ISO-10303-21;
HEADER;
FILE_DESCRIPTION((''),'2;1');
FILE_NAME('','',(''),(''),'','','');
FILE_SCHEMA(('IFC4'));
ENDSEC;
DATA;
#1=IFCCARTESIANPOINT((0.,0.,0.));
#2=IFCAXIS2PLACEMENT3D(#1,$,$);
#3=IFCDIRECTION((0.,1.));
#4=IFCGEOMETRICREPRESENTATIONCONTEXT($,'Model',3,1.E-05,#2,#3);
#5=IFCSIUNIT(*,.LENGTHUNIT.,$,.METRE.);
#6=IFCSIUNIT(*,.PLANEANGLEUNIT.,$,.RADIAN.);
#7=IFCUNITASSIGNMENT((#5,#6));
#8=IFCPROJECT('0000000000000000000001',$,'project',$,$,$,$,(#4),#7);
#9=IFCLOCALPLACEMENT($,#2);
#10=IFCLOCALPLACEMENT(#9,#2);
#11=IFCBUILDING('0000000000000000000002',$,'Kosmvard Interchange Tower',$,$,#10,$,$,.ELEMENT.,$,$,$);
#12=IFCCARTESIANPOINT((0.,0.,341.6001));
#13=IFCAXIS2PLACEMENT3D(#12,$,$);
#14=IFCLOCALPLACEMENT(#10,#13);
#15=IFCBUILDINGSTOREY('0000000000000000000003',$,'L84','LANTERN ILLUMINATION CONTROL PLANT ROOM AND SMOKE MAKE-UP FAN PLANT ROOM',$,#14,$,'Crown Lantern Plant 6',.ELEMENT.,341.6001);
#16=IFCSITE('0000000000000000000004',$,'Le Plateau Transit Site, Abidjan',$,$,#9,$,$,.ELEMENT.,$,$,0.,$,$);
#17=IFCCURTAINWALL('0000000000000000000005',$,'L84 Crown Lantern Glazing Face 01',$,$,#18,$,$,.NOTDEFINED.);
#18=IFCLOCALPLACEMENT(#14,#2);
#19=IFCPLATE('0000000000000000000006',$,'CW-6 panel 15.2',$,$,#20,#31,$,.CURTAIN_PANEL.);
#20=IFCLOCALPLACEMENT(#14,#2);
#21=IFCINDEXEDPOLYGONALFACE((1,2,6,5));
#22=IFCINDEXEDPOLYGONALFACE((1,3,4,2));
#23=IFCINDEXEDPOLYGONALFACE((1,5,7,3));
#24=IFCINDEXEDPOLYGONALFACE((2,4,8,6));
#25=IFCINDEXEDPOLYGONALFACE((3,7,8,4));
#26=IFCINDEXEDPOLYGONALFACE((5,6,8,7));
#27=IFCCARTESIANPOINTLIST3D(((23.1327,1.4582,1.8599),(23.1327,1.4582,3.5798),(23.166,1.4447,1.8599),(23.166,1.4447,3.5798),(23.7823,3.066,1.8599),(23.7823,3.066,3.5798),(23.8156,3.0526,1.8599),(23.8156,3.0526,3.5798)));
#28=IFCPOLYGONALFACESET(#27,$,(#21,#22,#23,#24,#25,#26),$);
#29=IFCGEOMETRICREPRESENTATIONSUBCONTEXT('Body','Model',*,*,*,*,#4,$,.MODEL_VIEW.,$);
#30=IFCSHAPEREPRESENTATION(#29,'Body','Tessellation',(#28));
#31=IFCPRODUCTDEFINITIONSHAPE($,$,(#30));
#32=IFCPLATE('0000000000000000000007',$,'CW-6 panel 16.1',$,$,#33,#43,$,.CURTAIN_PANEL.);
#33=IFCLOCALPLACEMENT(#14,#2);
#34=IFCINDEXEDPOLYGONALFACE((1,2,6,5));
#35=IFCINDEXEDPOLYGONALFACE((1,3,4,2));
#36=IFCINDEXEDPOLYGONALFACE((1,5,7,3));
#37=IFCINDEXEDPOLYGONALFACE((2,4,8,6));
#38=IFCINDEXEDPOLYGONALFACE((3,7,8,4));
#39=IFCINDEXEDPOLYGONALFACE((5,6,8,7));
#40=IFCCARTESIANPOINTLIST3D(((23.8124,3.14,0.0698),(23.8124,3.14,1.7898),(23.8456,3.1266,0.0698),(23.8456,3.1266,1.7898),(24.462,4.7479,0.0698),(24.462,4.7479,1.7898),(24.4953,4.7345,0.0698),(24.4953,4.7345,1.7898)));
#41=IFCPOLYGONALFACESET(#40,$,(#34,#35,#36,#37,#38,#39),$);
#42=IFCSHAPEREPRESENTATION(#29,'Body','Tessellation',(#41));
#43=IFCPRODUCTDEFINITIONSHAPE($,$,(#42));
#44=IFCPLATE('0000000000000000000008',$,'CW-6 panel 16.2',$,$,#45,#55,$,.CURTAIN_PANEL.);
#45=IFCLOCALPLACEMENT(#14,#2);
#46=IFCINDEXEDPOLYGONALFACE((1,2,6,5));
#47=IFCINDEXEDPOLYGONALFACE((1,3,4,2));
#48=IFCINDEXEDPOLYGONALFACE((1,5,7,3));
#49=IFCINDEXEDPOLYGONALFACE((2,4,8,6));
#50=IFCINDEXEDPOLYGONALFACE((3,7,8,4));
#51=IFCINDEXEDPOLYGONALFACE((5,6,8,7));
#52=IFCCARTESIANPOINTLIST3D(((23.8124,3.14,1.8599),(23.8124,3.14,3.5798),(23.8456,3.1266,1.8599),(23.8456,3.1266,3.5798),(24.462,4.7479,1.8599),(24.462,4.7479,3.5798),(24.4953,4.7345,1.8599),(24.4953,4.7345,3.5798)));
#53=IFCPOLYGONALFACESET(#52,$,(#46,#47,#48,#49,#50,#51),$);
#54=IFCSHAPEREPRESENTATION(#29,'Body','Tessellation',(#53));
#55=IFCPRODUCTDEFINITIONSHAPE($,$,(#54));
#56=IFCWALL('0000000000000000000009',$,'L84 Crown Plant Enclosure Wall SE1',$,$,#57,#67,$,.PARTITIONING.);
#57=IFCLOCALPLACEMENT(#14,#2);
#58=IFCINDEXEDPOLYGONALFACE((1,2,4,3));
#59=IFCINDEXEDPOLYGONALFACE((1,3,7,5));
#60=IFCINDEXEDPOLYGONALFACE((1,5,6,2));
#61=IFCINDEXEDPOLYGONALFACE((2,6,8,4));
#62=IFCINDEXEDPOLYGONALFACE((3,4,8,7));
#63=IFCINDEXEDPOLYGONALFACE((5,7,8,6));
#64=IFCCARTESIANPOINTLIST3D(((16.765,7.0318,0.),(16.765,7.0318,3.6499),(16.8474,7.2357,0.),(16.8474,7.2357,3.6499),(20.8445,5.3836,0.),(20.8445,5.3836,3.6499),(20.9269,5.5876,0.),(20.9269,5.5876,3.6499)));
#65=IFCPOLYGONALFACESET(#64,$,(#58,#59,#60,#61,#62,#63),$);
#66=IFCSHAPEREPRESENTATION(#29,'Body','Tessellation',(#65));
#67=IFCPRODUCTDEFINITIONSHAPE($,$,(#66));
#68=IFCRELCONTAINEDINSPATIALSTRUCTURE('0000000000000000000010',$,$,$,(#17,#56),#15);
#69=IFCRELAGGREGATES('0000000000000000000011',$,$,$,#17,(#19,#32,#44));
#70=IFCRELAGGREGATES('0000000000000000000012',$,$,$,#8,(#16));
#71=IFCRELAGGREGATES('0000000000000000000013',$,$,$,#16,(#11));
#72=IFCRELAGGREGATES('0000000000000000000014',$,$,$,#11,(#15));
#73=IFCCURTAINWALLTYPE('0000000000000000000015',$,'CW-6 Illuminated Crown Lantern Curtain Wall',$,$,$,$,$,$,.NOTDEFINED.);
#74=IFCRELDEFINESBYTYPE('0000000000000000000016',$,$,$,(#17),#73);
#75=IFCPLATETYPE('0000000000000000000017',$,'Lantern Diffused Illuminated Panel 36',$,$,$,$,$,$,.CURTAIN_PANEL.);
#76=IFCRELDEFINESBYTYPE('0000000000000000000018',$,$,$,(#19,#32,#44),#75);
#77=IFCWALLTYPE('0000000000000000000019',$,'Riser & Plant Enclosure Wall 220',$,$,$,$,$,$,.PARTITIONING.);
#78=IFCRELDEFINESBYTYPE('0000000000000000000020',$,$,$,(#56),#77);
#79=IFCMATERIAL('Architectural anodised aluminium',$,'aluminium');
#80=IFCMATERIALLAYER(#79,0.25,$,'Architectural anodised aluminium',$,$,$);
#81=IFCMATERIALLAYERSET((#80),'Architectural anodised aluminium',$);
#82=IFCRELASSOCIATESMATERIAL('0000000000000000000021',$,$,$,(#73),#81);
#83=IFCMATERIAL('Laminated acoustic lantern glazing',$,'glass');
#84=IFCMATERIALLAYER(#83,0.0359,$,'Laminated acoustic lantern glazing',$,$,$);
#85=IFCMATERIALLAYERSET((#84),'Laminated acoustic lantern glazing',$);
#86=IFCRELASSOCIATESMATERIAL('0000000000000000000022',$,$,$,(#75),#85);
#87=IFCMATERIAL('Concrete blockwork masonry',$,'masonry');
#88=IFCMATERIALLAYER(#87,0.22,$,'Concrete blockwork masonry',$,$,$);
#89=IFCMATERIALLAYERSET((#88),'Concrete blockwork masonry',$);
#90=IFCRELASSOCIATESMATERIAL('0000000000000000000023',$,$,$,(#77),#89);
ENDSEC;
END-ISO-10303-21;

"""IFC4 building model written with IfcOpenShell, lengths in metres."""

from ifc_helpers import new_model, si_unit, direction, frame, frame_2d, origin, origin_2d, place, context, subcontext, project, spatial, rectangle, extrude, source, transform, mapped, material, layer, layer_set, type_object, element, aggregate, save


model = new_model("IFC4")

# Units and contexts
model_context = context("Model", 3, precision=1e-05, world=origin(), true_north=direction((0.0, 1.0)))
body_context = subcontext(model_context, "Body", "Model", "MODEL_VIEW")
ifc_project = project(units=[si_unit("LENGTHUNIT", "METRE"), si_unit("PLANEANGLEUNIT", "RADIAN")], contexts=[model_context])

# Site, building, storey
site_placement = place(None, origin())
site = spatial("IfcSite", under=ifc_project, at=site_placement, Name="Le Plateau Transit Site, Abidjan", CompositionType="ELEMENT", RefElevation=0.0)
building_placement = place(site_placement, origin())
building = spatial("IfcBuilding", under=site, at=building_placement, Name="Kosmvard Interchange Tower", CompositionType="ELEMENT")
storey_placement = place(building_placement, frame((0.0, 0.0, 341.6001)))
storey = spatial("IfcBuildingStorey", under=building, at=storey_placement, Name="L84", Description="LANTERN ILLUMINATION CONTROL PLANT ROOM AND SMOKE MAKE-UP FAN PLANT ROOM", LongName="Crown Lantern Plant 6", CompositionType="ELEMENT", Elevation=341.6001)

# Curtain wall
ifc_material_1 = material(Name="Architectural anodised aluminium", Category="aluminium")
ifc_layer_1 = layer(ifc_material_1, 0.25, Name="Architectural anodised aluminium")
ifc_layer_set_1 = layer_set([ifc_layer_1], Name="Architectural anodised aluminium")
curtain_wall_type = type_object("IfcCurtainWallType", Name="CW-6 Illuminated Crown Lantern Curtain Wall", PredefinedType="NOTDEFINED", material=ifc_layer_set_1)
curtain_wall_placement = place(storey_placement, origin())
curtain_wall = element("IfcCurtainWall", 1, at=curtain_wall_placement, inside=storey, type_object=curtain_wall_type, Name="L84 Crown Lantern Glazing Face 01", PredefinedType="NOTDEFINED")

# Plates
ifc_material_2 = material(Name="Laminated acoustic lantern glazing", Category="glass")
ifc_layer_2 = layer(ifc_material_2, 0.0359, Name="Laminated acoustic lantern glazing")
ifc_layer_set_2 = layer_set([ifc_layer_2], Name="Laminated acoustic lantern glazing")
plate_type_1 = type_object("IfcPlateType", Name="Lantern Diffused Illuminated Panel 36", PredefinedType="CURTAIN_PANEL", material=ifc_layer_set_2)
shared_shape_1 = source(origin(), body_context, "Body", "SweptSolid", [
    extrude(rectangle(XDim=1.7341, YDim=0.0359, at=origin_2d()), origin(), (0.0, 0.0, 1.0), 1.72),
])
plate_1_placement = place(storey_placement, frame((23.4741, 2.2554, 1.8599), z_axis=(0.0, 0.0, 1.0), x_axis=(0.374607, 0.927184, 0.0)))
plate_1 = element("IfcPlate", 2, at=plate_1_placement, type_object=plate_type_1, Name="CW-6 panel 15.2", PredefinedType="CURTAIN_PANEL", context=body_context, shape_type="MappedRepresentation", body=[
    mapped(shared_shape_1, transform((0.0, 0.0, 0.0), scale=1.0)),
])
plate_2_placement = place(storey_placement, frame((24.1538, 3.9373, 0.0698), z_axis=(0.0, 0.0, 1.0), x_axis=(0.374607, 0.927184, 0.0)))
plate_2 = element("IfcPlate", 3, at=plate_2_placement, type_object=plate_type_1, Name="CW-6 panel 16.1", PredefinedType="CURTAIN_PANEL", context=body_context, shape_type="MappedRepresentation", body=[
    mapped(shared_shape_1, transform((0.0, 0.0, 0.0), scale=1.0)),
])
plate_3_placement = place(storey_placement, frame((24.1538, 3.9373, 1.8599), z_axis=(0.0, 0.0, 1.0), x_axis=(0.374607, 0.927184, 0.0)))
plate_3 = element("IfcPlate", 4, at=plate_3_placement, type_object=plate_type_1, Name="CW-6 panel 16.2", PredefinedType="CURTAIN_PANEL", context=body_context, shape_type="MappedRepresentation", body=[
    mapped(shared_shape_1, transform((0.0, 0.0, 0.0), scale=1.0)),
])
aggregate(curtain_wall, [plate_1, plate_2, plate_3])

# Wall
ifc_material_3 = material(Name="Concrete blockwork masonry", Category="masonry")
ifc_layer_3 = layer(ifc_material_3, 0.22, Name="Concrete blockwork masonry")
ifc_layer_set_3 = layer_set([ifc_layer_3], Name="Concrete blockwork masonry")
wall_type = type_object("IfcWallType", Name="Riser & Plant Enclosure Wall 220", PredefinedType="PARTITIONING", material=ifc_layer_set_3)
wall_placement = place(storey_placement, frame((20.8857, 5.4856, 0.0), z_axis=(0.0, 0.0, 1.0), x_axis=(-0.927189, 0.374593, 0.0)))
element("IfcWall", 5, at=wall_placement, inside=storey, type_object=wall_type, Name="L84 Crown Plant Enclosure Wall SE1", PredefinedType="PARTITIONING", context=body_context, shape_type="SweptSolid", body=[
    extrude(rectangle(XDim=4.3999, YDim=0.22, at=frame_2d((2.2, 0.0))), origin(), (0.0, 0.0, 1.0), 3.6499),
])

save(model, "model.ifc")
